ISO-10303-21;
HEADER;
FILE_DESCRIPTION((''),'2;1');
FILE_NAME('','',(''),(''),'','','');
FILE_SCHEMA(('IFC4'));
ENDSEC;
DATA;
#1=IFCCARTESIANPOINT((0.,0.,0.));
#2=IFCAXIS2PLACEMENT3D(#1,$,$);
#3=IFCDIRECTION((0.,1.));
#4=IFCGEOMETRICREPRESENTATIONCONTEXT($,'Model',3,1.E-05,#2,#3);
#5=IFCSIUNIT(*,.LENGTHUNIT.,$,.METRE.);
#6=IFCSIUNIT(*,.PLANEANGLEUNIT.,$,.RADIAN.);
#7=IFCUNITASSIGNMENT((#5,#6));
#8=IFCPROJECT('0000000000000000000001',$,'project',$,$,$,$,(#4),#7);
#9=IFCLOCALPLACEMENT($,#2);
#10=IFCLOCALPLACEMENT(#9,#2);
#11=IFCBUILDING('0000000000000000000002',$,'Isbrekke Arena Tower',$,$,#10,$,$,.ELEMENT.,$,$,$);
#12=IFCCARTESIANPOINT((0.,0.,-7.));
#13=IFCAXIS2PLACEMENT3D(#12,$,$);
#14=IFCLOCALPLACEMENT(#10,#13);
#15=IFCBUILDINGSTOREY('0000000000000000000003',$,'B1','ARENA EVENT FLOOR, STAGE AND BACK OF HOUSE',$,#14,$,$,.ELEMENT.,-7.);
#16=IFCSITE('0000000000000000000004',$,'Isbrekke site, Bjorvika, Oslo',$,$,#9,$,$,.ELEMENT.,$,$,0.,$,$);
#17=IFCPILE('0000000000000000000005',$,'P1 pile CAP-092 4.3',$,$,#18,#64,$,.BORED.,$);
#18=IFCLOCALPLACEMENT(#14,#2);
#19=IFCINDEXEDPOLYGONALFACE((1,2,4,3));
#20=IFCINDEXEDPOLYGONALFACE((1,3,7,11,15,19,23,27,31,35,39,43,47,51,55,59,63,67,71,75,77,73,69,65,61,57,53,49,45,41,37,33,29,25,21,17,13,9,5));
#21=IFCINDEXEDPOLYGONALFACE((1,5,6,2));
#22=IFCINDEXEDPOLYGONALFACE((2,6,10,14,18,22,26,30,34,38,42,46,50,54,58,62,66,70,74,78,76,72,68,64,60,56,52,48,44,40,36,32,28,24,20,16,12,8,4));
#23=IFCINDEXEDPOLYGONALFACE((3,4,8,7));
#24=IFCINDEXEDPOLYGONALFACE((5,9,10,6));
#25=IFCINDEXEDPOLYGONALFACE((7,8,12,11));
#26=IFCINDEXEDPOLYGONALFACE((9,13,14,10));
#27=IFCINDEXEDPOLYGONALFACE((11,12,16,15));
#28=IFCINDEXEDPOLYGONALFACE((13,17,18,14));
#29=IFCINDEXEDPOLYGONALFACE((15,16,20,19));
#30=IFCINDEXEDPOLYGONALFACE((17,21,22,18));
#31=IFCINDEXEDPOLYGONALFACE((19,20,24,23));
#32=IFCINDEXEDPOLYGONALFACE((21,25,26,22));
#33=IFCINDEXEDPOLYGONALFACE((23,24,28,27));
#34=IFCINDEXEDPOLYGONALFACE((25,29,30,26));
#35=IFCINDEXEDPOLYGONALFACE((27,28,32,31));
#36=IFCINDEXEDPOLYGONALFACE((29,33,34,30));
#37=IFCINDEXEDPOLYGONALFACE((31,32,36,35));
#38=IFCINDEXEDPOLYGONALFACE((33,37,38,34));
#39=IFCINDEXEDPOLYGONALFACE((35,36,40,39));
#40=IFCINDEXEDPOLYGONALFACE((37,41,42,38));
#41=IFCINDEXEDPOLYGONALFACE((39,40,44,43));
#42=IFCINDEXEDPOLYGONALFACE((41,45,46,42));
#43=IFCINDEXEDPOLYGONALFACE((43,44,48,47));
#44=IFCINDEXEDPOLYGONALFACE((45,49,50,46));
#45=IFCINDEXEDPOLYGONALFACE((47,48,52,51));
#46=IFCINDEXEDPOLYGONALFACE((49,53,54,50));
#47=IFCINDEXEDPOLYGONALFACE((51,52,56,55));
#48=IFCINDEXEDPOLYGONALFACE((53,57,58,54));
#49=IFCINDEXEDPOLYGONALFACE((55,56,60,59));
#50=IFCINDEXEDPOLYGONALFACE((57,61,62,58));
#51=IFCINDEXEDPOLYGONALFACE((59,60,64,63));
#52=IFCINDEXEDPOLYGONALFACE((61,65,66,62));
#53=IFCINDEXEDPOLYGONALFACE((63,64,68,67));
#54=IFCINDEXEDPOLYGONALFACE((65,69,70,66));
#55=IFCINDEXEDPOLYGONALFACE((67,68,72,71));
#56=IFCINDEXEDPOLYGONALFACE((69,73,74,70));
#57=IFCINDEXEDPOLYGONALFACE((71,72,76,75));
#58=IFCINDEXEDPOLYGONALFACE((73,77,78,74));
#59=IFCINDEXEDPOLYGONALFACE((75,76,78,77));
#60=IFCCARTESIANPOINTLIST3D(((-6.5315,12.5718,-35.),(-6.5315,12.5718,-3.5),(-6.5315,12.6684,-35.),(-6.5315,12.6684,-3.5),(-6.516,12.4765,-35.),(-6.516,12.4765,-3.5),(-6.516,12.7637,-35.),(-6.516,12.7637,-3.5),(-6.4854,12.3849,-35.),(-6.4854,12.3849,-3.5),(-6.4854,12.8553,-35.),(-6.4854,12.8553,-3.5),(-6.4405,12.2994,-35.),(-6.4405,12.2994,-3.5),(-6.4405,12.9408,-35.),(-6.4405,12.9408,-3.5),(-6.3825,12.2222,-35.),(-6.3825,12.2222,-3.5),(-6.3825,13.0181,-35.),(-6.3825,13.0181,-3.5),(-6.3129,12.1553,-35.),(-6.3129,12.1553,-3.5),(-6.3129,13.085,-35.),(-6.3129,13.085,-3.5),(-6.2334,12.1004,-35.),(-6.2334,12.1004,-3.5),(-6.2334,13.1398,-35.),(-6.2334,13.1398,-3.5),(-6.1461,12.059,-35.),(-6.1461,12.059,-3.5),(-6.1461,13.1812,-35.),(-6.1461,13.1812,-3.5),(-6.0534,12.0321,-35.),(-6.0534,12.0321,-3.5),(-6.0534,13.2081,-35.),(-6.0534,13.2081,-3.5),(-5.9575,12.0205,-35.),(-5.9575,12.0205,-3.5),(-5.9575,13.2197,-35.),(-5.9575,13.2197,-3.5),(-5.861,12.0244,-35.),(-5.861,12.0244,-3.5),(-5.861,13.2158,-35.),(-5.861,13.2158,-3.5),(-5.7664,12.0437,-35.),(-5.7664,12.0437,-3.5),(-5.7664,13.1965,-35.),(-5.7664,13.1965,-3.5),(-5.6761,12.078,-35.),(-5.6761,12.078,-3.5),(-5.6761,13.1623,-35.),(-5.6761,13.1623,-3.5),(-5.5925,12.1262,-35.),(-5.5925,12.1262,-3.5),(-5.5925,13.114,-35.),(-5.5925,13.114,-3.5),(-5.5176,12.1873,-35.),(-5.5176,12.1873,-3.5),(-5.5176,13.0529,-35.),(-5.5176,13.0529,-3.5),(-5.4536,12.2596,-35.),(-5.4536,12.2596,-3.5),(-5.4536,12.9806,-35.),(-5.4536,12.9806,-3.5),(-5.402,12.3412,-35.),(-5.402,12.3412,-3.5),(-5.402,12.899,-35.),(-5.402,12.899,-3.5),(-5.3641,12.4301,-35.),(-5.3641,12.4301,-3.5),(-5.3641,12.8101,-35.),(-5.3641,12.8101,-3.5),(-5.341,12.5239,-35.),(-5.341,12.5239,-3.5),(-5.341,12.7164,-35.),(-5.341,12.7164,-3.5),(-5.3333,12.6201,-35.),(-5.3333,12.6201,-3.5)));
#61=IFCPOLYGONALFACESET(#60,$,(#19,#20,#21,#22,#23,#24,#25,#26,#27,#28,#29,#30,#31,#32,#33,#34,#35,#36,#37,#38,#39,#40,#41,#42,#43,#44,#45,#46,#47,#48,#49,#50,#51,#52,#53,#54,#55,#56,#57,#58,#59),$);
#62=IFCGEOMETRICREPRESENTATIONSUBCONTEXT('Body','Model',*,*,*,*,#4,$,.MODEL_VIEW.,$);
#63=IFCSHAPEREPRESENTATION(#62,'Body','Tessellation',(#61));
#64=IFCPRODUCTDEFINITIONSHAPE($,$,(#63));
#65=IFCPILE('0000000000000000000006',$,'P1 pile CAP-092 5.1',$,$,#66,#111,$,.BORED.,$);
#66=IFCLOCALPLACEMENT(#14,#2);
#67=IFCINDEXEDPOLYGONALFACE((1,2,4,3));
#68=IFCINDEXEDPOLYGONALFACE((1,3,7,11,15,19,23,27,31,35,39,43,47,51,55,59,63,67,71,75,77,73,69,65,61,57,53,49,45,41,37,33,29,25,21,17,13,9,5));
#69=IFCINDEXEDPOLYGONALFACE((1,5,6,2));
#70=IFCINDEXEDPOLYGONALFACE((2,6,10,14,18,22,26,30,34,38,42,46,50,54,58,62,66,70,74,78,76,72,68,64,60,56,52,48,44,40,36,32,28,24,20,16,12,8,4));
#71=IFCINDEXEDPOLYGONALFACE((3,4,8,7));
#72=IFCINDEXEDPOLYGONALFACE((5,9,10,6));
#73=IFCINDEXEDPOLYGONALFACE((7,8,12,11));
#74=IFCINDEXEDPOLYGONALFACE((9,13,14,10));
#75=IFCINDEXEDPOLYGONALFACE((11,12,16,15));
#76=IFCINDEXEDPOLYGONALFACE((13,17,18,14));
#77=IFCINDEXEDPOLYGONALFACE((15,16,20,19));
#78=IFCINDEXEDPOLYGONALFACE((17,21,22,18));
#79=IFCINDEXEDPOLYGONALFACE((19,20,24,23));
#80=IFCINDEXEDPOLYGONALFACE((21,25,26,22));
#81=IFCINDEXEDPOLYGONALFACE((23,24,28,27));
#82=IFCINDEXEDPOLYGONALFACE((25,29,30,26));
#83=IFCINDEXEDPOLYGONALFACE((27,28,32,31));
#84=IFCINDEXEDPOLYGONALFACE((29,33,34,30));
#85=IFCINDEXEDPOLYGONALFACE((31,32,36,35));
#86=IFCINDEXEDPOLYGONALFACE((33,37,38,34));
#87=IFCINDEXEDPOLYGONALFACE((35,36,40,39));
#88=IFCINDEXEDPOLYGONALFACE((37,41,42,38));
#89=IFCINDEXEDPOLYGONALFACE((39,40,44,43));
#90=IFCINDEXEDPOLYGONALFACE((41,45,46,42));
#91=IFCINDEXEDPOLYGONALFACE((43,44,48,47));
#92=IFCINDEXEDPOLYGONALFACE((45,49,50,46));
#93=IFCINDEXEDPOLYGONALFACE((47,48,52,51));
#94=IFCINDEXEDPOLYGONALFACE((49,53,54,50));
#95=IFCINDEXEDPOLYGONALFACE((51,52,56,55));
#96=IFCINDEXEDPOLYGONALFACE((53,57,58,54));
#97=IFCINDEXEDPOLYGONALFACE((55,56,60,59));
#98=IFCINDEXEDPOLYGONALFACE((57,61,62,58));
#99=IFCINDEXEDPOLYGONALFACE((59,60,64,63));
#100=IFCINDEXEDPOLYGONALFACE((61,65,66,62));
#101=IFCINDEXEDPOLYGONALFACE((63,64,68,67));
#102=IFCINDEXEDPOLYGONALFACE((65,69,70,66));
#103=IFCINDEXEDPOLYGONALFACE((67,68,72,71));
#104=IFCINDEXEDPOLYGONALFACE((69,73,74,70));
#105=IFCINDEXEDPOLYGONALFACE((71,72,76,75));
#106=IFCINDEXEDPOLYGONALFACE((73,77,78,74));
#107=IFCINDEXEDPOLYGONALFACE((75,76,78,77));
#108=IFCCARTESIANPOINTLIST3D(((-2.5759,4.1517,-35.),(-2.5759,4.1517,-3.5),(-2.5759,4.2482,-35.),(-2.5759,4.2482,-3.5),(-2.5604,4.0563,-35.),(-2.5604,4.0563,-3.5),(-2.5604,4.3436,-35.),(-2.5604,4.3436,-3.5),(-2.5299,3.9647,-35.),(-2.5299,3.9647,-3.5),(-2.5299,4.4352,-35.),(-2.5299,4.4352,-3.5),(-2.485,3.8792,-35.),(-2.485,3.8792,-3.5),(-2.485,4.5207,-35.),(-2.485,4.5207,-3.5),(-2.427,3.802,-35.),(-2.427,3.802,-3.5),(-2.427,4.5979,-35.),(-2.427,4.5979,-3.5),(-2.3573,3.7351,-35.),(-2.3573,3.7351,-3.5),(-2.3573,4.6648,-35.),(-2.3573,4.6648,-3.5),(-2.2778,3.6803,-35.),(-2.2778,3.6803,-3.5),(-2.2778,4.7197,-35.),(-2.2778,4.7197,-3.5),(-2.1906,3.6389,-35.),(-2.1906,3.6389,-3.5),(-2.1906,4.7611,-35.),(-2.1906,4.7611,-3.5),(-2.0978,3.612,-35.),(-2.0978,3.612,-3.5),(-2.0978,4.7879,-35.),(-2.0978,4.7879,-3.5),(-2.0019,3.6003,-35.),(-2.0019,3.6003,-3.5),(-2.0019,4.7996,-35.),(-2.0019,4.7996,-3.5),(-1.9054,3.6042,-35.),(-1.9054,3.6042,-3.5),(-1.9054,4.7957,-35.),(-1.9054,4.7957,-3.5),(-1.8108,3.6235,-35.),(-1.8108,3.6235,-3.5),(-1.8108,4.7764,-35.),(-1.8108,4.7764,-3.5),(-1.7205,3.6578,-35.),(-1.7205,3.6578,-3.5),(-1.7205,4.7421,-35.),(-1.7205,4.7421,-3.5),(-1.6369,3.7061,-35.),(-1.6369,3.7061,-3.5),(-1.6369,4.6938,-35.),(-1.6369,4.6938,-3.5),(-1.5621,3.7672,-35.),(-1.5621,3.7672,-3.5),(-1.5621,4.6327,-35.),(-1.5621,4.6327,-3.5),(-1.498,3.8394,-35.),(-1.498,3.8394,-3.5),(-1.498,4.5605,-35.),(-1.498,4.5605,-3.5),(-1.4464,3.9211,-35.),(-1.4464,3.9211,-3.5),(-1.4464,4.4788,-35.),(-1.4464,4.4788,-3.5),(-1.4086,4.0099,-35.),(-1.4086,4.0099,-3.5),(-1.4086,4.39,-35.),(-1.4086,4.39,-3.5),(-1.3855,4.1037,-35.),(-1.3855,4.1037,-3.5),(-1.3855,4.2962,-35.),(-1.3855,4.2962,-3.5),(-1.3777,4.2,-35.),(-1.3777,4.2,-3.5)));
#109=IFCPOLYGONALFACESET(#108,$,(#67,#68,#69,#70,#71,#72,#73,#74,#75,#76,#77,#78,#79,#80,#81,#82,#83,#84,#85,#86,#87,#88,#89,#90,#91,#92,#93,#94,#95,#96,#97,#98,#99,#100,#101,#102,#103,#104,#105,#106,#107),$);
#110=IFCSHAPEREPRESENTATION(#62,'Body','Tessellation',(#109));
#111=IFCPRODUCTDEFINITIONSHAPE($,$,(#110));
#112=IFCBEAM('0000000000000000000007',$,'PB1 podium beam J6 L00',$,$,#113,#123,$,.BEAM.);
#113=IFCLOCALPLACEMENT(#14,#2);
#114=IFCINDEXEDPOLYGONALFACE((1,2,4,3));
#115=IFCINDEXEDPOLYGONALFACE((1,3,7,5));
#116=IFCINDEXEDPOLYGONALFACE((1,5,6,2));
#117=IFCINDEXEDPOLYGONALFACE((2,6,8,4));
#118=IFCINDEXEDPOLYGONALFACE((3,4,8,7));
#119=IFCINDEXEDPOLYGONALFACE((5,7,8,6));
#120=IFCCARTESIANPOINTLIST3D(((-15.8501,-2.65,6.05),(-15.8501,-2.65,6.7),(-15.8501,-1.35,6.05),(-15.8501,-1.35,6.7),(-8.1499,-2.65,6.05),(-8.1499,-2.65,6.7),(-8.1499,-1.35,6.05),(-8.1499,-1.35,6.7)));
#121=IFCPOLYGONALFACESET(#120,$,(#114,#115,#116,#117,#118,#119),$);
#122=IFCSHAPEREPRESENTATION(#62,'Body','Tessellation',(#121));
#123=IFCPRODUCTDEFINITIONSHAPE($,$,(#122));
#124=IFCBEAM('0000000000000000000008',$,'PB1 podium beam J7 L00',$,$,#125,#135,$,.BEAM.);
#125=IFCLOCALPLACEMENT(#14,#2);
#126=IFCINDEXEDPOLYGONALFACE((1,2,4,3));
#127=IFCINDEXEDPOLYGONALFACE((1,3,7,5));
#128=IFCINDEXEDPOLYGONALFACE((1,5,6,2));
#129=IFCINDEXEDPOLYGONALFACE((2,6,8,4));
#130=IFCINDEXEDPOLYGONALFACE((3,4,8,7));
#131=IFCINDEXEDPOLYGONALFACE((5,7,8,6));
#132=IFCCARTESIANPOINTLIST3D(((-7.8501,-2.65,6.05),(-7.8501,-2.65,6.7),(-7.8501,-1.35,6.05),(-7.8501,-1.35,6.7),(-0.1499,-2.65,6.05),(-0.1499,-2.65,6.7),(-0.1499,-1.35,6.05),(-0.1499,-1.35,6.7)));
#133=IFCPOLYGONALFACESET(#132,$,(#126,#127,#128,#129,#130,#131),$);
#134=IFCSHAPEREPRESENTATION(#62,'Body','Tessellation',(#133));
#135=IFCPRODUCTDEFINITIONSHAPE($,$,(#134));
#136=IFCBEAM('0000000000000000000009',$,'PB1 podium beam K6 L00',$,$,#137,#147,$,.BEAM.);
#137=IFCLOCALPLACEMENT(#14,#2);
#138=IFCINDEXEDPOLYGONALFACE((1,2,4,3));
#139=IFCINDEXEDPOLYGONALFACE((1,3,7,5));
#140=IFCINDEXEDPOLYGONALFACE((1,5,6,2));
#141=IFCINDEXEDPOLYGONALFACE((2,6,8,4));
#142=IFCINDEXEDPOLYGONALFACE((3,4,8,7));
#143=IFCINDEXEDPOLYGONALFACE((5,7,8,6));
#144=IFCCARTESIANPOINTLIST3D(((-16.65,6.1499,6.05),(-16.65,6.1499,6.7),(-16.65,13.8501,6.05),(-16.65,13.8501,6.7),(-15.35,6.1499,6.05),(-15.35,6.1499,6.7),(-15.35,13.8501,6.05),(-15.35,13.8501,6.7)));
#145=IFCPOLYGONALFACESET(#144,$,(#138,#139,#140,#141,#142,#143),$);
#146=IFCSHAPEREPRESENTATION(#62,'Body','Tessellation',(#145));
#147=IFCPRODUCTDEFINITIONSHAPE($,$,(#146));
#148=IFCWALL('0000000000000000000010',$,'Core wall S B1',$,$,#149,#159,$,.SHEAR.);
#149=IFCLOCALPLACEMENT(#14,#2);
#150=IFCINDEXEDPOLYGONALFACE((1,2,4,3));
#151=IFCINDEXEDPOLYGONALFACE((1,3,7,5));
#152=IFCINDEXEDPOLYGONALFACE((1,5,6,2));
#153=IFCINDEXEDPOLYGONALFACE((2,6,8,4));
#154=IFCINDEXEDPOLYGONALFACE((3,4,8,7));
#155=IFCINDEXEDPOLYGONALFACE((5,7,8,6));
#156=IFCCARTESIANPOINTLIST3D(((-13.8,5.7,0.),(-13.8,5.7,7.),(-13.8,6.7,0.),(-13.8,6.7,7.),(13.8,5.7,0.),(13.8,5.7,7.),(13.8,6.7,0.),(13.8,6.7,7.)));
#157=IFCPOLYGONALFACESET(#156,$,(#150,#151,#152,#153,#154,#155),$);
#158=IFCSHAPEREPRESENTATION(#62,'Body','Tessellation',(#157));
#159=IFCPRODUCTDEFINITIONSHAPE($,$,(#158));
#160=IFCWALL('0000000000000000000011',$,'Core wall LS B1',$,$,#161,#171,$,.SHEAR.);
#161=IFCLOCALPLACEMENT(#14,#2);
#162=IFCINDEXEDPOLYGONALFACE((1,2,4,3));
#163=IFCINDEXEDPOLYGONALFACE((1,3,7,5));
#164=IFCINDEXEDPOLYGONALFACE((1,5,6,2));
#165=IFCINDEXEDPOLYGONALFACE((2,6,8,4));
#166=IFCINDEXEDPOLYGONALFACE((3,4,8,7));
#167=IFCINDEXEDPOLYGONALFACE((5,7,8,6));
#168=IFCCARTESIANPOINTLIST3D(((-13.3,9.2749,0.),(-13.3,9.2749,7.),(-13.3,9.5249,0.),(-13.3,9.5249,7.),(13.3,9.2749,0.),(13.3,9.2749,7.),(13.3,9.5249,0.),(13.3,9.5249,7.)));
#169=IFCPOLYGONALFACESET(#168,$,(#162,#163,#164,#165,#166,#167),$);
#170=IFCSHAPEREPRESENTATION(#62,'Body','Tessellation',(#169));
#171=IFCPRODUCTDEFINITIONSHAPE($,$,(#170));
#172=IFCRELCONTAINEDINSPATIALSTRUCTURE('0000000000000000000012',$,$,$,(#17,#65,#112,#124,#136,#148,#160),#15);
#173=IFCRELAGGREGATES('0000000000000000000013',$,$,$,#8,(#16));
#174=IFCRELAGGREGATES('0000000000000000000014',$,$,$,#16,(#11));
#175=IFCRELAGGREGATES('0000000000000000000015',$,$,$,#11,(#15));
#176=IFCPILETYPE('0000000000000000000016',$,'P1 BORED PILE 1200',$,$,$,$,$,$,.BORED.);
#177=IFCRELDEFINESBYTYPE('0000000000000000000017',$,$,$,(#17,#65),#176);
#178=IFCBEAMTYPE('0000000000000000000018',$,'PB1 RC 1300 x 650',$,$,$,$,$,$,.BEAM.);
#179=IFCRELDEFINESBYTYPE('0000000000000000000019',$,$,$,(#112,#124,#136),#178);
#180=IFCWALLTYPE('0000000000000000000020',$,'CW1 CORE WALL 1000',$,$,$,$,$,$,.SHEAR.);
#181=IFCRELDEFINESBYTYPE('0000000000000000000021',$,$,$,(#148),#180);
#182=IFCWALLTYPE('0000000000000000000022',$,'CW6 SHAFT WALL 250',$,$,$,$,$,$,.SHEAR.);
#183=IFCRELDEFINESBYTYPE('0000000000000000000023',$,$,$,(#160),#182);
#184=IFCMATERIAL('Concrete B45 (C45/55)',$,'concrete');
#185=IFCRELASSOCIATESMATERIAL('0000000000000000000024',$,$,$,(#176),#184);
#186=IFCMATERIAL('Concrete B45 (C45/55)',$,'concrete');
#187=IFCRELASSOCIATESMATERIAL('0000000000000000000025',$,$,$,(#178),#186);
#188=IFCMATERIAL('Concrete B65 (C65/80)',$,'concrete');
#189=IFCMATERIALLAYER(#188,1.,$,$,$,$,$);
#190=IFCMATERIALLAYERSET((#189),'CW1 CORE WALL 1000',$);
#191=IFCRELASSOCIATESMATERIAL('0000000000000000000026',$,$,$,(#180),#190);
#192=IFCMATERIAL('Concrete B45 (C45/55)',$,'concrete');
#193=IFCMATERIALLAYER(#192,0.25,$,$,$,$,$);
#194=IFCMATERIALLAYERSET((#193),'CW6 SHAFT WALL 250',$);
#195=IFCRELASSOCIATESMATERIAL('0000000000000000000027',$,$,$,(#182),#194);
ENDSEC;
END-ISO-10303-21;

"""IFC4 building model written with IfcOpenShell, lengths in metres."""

from ifc_helpers import new_model, si_unit, direction, frame, frame_2d, origin, origin_2d, place, context, subcontext, project, spatial, rectangle, circle, extrude, material, layer, layer_set, material_profile, profile_set, type_object, element, save


model = new_model("IFC4")

# Units and contexts
model_context = context("Model", 3, precision=1e-05, world=origin(), true_north=direction((0.0, 1.0)))
body_context = subcontext(model_context, "Body", "Model", "MODEL_VIEW")
ifc_project = project(units=[si_unit("LENGTHUNIT", "METRE"), si_unit("PLANEANGLEUNIT", "RADIAN")], contexts=[model_context])

# Site, building, storey
site_placement = place(None, origin())
site = spatial("IfcSite", under=ifc_project, at=site_placement, Name="Isbrekke site, Bjorvika, Oslo", CompositionType="ELEMENT", RefElevation=0.0)
building_placement = place(site_placement, origin())
building = spatial("IfcBuilding", under=site, at=building_placement, Name="Isbrekke Arena Tower", CompositionType="ELEMENT")
storey_placement = place(building_placement, frame((0.0, 0.0, -7.0)))
storey = spatial("IfcBuildingStorey", under=building, at=storey_placement, Name="B1", Description="ARENA EVENT FLOOR, STAGE AND BACK OF HOUSE", CompositionType="ELEMENT", Elevation=-7.0)

# Piles
ifc_material_1 = material(Name="Concrete B45 (C45/55)", Category="concrete")
ifc_material_profile_1 = material_profile(ifc_material_1, circle(Radius=0.6001, at=origin_2d()), Name="BORED PILE D1200")
ifc_profile_set_1 = profile_set([ifc_material_profile_1], Name="Concrete B45 (C45/55)")
pile_type = type_object("IfcPileType", Name="P1 BORED PILE 1200", PredefinedType="BORED", material=ifc_profile_set_1)
for number, where, z_axis, x_axis, name in (
    (1, (-5.9333, 12.6201, -3.5), (0.0, 0.0, -1.0), (1.0, 0.0, 0.0), "P1 pile CAP-092 4.3"),
    (2, (-1.9778, 4.2, -3.5), (0.0, 0.0, -1.0), (1.0, 0.0, 0.0), "P1 pile CAP-092 5.1"),
):
    element("IfcPile", number, at=place(storey_placement, frame(where, z_axis=z_axis, x_axis=x_axis)), inside=storey, type_object=pile_type, Name=name, PredefinedType="BORED", context=body_context, shape_type="SweptSolid", body=[
        extrude(circle(Radius=0.6001, at=origin_2d()), origin(), (0.0, 0.0, 1.0), 31.5),
    ])

# Beams
ifc_material_2 = material(Name="Concrete B45 (C45/55)", Category="concrete")
ifc_material_profile_2 = material_profile(ifc_material_2, rectangle(XDim=1.3, YDim=0.6499, at=origin_2d()), Name="RC 1300x650")
ifc_profile_set_2 = profile_set([ifc_material_profile_2], Name="Concrete B45 (C45/55)")
beam_type = type_object("IfcBeamType", Name="PB1 RC 1300 x 650", PredefinedType="BEAM", material=ifc_profile_set_2)
for number, where, z_axis, x_axis, name in (
    (3, (-15.8501, -2.0, 6.375), (1.0, 0.0, 0.0), (0.0, 1.0, 0.0), "PB1 podium beam J6 L00"),
    (4, (-7.8501, -2.0, 6.375), (1.0, 0.0, 0.0), (0.0, 1.0, 0.0), "PB1 podium beam J7 L00"),
    (5, (-16.0, 6.1499, 6.375), (0.0, 1.0, 0.0), (-1.0, 0.0, 0.0), "PB1 podium beam K6 L00"),
):
    element("IfcBeam", number, at=place(storey_placement, frame(where, z_axis=z_axis, x_axis=x_axis)), inside=storey, type_object=beam_type, Name=name, PredefinedType="BEAM", context=body_context, shape_type="SweptSolid", body=[
        extrude(rectangle(XDim=1.3, YDim=0.6499, at=origin_2d()), origin(), (0.0, 0.0, 1.0), 7.7002),
    ])

# Walls
ifc_material_3 = material(Name="Concrete B65 (C65/80)", Category="concrete")
ifc_layer_1 = layer(ifc_material_3, 1.0)
ifc_layer_set_1 = layer_set([ifc_layer_1], Name="CW1 CORE WALL 1000")
wall_type_1 = type_object("IfcWallType", Name="CW1 CORE WALL 1000", PredefinedType="SHEAR", material=ifc_layer_set_1)
wall_1_placement = place(storey_placement, frame((-13.8, 6.2, 0.0), z_axis=(0.0, 0.0, 1.0), x_axis=(1.0, 0.0, 0.0)))
element("IfcWall", 6, at=wall_1_placement, inside=storey, type_object=wall_type_1, Name="Core wall S B1", PredefinedType="SHEAR", context=body_context, shape_type="SweptSolid", body=[
    extrude(rectangle(XDim=27.6001, YDim=1.0, at=frame_2d((13.8, 0.0))), origin(), (0.0, 0.0, 1.0), 7.0),
])
ifc_material_4 = material(Name="Concrete B45 (C45/55)", Category="concrete")
ifc_layer_2 = layer(ifc_material_4, 0.25)
ifc_layer_set_2 = layer_set([ifc_layer_2], Name="CW6 SHAFT WALL 250")
wall_type_2 = type_object("IfcWallType", Name="CW6 SHAFT WALL 250", PredefinedType="SHEAR", material=ifc_layer_set_2)
wall_2_placement = place(storey_placement, frame((-13.3, 9.3999, 0.0), z_axis=(0.0, 0.0, 1.0), x_axis=(1.0, 0.0, 0.0)))
element("IfcWall", 7, at=wall_2_placement, inside=storey, type_object=wall_type_2, Name="Core wall LS B1", PredefinedType="SHEAR", context=body_context, shape_type="SweptSolid", body=[
    extrude(rectangle(XDim=26.6001, YDim=0.25, at=frame_2d((13.3, 0.0))), origin(), (0.0, 0.0, 1.0), 7.0),
])

save(model, "model.ifc")
